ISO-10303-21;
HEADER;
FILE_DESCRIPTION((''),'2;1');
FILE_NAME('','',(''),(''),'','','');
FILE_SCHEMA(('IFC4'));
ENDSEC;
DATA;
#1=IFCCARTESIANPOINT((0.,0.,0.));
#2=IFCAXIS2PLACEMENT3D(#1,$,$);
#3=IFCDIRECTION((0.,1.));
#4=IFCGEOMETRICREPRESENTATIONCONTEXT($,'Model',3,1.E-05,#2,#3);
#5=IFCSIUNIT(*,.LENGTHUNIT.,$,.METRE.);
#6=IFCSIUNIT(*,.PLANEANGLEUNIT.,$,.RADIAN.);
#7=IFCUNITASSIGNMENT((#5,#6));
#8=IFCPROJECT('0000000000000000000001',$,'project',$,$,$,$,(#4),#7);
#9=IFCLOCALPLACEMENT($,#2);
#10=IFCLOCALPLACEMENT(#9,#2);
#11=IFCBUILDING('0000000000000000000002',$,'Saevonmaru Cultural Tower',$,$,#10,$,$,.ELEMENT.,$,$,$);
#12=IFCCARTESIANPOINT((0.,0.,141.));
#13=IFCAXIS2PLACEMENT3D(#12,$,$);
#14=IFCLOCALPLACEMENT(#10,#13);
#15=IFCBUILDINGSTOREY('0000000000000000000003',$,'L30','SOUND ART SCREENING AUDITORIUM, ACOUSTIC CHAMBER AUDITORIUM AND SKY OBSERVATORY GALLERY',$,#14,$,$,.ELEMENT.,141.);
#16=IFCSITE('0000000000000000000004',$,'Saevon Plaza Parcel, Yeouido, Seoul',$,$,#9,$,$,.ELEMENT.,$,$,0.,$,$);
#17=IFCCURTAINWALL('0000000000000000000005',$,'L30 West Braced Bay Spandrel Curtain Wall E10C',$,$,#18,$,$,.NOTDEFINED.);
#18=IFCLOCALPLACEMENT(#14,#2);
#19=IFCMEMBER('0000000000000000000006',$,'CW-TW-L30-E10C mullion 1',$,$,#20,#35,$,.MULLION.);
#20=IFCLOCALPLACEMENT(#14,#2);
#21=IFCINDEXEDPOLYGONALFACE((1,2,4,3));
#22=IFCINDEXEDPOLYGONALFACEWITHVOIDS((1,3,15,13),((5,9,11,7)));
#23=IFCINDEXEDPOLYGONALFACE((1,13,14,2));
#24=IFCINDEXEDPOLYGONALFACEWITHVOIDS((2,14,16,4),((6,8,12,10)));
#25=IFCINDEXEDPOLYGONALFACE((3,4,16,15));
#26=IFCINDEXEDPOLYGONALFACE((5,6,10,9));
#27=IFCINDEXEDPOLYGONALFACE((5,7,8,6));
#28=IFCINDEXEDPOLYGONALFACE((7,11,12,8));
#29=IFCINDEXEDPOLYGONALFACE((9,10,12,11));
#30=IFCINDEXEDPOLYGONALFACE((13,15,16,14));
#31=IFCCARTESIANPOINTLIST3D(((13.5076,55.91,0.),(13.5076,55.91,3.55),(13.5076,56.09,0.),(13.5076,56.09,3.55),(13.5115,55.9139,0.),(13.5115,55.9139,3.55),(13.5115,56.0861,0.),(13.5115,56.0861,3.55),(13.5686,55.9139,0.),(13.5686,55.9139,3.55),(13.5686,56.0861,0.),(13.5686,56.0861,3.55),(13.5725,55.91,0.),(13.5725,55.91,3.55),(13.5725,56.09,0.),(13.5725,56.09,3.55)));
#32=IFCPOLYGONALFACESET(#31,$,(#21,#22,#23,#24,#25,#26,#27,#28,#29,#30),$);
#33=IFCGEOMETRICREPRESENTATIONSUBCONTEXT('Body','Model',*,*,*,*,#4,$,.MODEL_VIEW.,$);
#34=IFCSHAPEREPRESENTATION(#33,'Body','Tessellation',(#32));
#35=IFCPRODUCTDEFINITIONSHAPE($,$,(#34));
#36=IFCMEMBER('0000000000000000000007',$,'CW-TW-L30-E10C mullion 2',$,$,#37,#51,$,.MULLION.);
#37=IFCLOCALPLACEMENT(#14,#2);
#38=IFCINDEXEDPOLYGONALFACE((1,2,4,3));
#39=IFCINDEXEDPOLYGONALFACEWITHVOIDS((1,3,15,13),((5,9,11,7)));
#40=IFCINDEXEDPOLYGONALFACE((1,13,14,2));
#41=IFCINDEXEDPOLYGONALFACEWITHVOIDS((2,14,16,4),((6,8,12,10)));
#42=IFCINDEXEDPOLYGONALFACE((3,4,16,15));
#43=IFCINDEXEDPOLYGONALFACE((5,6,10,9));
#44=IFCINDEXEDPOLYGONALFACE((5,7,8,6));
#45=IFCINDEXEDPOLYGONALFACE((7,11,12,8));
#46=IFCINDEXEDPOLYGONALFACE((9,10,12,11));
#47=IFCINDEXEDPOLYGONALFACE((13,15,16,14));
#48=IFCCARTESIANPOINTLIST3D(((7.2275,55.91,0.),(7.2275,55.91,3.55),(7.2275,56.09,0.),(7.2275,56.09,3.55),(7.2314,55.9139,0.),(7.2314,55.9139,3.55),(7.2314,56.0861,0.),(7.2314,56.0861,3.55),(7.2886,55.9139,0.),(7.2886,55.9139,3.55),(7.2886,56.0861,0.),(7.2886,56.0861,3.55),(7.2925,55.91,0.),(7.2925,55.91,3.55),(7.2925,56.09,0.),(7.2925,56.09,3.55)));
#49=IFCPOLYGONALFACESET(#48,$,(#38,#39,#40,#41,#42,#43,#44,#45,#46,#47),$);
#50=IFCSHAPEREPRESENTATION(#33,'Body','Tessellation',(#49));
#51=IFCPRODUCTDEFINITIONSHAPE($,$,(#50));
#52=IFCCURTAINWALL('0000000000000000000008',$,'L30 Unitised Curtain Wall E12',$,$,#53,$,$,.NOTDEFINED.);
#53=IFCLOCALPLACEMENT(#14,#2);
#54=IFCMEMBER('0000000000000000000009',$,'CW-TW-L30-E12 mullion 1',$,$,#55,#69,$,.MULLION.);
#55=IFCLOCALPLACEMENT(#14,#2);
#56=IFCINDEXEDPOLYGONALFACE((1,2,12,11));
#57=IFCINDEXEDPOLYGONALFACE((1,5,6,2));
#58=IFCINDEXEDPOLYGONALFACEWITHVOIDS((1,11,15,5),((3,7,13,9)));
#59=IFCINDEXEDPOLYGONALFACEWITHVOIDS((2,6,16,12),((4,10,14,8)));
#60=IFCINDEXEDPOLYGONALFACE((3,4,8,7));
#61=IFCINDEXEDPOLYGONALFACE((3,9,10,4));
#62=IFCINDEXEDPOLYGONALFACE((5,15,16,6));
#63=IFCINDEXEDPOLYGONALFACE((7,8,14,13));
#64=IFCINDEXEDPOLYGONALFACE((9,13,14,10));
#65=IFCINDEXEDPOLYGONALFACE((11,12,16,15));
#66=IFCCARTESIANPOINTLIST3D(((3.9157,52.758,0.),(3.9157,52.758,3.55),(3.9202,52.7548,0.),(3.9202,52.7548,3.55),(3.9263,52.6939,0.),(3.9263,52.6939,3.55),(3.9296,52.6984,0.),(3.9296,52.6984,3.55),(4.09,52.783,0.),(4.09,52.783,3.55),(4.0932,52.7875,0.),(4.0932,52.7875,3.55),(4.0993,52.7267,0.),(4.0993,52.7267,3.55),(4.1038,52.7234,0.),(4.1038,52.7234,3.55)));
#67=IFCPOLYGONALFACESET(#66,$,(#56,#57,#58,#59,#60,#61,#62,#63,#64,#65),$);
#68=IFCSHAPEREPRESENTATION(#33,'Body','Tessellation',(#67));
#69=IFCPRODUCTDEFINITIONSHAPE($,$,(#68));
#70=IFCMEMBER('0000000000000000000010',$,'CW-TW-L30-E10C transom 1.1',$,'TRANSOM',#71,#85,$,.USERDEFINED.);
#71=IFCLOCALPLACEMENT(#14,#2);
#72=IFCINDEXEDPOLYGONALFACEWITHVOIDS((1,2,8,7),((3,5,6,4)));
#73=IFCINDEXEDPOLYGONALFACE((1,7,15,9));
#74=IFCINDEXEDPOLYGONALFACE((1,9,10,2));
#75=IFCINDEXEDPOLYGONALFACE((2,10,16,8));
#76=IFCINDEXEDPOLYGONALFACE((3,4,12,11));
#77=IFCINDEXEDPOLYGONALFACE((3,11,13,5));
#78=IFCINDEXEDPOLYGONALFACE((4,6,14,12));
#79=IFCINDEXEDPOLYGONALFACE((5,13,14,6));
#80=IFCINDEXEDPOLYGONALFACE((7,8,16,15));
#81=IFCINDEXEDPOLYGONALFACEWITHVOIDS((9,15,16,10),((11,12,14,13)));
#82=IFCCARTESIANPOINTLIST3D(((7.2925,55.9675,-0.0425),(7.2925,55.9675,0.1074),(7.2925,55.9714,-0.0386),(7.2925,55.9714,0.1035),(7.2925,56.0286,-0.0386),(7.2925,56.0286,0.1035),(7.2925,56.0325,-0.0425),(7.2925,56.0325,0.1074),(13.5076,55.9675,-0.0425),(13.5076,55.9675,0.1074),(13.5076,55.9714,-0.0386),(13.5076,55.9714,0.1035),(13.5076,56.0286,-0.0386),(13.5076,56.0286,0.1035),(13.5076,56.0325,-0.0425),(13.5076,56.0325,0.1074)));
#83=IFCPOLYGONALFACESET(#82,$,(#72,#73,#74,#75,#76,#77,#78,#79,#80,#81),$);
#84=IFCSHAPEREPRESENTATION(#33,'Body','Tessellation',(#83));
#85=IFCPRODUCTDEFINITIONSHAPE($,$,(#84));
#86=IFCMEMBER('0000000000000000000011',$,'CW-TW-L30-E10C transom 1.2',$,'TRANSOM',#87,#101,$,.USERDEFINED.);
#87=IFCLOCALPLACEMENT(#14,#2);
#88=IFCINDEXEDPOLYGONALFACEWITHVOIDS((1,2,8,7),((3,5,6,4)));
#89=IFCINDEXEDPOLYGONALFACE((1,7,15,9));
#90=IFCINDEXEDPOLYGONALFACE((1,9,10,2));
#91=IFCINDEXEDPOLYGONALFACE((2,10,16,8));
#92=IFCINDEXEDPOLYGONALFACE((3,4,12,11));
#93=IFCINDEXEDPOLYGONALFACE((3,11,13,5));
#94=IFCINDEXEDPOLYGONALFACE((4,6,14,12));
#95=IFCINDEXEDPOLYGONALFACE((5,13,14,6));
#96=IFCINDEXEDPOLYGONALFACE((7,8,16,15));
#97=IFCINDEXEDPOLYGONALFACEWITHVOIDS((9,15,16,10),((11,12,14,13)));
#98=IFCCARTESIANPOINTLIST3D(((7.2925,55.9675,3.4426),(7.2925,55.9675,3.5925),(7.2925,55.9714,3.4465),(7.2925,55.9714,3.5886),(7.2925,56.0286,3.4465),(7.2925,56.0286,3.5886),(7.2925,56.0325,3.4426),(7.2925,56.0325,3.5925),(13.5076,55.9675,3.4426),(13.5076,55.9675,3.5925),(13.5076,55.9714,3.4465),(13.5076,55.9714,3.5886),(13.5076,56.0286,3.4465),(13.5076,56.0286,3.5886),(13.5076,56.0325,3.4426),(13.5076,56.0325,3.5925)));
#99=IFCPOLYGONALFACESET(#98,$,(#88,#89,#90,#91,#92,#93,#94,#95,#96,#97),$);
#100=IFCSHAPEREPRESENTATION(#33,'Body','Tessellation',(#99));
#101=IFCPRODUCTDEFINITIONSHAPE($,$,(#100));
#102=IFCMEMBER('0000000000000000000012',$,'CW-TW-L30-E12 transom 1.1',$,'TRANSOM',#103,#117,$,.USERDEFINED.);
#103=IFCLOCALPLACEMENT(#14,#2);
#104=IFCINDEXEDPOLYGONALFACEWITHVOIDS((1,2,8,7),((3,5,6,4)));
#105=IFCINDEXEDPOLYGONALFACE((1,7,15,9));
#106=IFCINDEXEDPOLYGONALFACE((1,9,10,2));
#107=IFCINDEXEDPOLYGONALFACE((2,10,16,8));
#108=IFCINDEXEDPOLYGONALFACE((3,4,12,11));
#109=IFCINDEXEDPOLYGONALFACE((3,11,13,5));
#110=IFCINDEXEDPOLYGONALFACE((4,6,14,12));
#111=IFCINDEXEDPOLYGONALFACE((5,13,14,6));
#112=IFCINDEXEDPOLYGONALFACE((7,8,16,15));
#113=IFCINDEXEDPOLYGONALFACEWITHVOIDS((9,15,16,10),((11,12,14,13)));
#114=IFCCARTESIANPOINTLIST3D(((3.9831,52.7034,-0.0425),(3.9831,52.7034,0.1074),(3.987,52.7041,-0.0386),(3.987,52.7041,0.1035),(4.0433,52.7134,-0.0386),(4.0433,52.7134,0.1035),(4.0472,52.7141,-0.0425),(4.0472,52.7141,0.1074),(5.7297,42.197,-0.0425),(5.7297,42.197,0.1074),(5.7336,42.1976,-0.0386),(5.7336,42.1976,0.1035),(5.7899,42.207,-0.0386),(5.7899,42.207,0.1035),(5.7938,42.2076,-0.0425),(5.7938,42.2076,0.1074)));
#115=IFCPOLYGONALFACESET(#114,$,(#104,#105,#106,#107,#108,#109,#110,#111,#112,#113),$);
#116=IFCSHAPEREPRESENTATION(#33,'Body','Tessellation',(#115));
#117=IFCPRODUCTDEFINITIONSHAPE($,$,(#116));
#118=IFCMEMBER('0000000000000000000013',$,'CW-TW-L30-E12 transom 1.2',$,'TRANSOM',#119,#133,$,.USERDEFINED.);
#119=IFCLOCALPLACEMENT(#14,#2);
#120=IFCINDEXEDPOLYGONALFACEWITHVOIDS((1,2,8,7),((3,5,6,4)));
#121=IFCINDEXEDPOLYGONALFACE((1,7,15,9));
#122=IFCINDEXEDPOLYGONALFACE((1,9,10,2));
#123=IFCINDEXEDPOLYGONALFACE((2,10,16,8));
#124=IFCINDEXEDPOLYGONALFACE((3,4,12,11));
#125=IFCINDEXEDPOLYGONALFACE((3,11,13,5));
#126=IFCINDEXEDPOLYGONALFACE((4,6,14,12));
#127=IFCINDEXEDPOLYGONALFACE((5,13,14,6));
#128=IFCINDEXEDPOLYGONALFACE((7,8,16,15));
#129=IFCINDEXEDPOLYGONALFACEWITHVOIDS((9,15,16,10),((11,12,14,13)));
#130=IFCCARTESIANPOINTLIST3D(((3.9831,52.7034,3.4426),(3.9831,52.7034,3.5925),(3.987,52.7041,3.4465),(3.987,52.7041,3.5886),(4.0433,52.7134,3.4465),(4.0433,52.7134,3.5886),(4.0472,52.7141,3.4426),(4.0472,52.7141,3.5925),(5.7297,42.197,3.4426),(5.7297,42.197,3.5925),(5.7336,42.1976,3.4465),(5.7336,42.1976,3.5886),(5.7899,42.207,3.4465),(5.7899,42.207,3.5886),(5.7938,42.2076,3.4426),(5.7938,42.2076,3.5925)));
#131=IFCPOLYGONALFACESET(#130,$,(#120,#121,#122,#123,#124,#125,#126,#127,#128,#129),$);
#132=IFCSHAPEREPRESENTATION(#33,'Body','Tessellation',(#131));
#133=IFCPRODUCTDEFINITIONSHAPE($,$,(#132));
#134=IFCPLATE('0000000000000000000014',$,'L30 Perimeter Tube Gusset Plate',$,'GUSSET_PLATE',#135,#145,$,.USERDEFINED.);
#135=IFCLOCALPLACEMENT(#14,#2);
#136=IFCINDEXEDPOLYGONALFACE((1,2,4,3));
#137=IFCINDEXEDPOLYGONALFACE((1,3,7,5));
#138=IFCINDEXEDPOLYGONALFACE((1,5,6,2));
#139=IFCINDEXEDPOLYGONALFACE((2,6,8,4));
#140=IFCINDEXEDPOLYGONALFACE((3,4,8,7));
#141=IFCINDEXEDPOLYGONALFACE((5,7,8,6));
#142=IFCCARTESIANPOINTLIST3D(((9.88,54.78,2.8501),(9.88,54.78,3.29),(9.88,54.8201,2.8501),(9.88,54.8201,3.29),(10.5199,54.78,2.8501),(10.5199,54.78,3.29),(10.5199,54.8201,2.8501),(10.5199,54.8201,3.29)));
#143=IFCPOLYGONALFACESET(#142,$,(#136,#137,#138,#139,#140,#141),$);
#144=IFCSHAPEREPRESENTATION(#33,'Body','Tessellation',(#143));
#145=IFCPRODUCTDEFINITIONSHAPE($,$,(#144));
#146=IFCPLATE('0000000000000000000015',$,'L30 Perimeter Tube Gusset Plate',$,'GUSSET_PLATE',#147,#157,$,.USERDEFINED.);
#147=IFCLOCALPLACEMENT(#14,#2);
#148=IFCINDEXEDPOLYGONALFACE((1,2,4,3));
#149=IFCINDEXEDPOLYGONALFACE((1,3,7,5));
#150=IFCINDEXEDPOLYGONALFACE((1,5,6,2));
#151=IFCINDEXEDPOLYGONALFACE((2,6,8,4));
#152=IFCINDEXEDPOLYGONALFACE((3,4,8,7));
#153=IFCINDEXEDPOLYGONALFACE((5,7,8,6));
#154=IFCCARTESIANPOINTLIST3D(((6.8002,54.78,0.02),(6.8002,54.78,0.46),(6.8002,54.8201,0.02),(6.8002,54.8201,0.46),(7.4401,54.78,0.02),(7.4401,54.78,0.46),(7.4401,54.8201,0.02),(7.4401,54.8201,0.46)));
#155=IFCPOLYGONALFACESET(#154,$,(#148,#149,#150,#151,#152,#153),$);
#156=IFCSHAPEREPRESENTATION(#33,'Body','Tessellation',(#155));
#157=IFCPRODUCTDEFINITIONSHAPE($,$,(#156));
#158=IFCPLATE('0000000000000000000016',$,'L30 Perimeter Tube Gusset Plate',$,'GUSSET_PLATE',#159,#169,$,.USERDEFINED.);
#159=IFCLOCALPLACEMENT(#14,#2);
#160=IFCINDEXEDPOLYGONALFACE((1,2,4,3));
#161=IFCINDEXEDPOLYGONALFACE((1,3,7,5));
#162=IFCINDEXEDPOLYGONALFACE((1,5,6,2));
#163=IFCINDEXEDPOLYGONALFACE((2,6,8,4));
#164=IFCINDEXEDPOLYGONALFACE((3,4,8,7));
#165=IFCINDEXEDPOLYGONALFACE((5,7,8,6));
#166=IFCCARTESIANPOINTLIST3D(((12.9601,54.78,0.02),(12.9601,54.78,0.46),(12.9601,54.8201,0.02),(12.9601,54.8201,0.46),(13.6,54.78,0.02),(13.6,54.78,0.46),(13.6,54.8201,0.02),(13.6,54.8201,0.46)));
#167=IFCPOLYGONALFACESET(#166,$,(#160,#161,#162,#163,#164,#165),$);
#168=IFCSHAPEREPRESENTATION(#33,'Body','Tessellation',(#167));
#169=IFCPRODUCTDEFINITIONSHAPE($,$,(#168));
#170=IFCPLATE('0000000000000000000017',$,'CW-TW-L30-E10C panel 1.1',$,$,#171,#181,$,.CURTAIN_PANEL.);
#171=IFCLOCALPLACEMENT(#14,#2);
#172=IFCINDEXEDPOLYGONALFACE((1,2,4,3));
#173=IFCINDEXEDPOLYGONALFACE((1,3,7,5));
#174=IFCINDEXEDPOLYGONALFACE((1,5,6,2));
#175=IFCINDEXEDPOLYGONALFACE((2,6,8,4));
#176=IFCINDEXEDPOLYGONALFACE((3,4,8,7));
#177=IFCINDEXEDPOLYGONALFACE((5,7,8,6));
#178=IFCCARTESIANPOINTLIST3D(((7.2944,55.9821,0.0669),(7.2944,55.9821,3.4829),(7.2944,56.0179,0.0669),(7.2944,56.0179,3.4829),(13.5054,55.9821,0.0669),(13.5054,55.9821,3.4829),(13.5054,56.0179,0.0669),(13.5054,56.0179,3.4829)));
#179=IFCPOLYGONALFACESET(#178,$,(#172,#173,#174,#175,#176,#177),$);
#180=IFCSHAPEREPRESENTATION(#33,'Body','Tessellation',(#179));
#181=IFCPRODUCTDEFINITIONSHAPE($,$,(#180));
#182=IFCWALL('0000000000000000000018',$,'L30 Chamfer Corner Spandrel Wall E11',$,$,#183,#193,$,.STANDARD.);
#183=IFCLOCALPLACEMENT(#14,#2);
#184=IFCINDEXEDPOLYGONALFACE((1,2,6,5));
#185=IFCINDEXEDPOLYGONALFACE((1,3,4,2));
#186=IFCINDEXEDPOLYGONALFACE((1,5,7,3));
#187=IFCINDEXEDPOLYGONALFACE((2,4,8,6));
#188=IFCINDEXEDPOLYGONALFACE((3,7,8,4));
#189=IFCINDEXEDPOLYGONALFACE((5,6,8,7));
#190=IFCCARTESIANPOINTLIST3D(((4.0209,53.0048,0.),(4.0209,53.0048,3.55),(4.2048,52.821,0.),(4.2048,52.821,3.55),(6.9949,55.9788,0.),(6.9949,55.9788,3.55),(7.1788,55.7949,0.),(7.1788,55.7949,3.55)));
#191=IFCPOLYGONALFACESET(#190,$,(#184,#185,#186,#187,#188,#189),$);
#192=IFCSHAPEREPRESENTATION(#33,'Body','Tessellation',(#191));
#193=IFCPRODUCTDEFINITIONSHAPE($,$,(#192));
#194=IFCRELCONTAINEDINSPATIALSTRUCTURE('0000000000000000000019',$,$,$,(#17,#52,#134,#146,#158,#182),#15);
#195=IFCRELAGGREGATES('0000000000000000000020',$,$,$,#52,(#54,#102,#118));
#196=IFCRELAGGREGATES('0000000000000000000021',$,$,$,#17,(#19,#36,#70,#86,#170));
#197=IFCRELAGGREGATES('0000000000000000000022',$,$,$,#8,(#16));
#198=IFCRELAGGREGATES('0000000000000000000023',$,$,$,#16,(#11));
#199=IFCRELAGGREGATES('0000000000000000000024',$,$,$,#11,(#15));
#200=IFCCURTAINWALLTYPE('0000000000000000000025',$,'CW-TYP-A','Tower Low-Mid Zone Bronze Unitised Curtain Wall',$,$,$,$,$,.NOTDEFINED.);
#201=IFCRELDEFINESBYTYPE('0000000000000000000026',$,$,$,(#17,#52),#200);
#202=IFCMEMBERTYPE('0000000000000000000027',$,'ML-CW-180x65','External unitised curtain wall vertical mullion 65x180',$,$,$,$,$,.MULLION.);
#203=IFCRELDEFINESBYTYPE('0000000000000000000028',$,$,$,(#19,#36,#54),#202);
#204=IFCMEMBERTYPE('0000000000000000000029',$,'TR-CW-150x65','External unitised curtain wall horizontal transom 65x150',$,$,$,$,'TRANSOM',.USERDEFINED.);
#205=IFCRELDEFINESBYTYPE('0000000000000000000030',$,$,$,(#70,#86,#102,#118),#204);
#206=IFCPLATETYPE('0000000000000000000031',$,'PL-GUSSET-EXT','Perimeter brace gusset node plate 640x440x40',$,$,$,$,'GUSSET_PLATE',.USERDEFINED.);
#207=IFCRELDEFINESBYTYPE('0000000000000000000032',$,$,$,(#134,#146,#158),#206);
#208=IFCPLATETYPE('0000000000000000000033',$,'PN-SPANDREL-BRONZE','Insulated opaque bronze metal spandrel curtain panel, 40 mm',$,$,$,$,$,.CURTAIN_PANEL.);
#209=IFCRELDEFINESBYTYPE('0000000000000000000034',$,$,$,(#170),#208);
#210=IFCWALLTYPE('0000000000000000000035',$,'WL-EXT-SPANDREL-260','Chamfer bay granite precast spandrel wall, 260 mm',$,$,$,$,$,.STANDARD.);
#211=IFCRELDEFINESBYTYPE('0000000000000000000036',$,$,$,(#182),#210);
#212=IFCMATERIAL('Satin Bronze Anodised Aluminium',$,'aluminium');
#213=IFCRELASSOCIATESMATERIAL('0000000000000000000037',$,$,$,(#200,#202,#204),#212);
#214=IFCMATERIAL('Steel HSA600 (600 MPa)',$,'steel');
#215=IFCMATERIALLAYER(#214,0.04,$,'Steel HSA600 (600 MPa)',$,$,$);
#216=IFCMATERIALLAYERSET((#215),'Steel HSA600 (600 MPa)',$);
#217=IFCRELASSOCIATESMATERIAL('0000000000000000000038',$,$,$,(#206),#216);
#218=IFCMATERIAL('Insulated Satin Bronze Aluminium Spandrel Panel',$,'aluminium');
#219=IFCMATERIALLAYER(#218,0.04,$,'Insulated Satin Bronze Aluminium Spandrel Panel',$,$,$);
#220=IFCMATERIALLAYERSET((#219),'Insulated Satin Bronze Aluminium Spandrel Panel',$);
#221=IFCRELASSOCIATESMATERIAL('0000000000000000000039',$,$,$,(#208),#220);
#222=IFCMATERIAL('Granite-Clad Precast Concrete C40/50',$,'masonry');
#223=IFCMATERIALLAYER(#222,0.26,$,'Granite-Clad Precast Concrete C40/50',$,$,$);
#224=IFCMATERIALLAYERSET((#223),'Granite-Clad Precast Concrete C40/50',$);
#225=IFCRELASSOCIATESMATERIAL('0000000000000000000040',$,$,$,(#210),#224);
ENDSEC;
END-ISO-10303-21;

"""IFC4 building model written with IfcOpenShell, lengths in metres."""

from ifc_helpers import new_model, si_unit, direction, frame, frame_2d, origin, origin_2d, place, context, subcontext, project, spatial, rectangle, hollow_rectangle, extrude, material, layer, layer_set, material_profile, profile_set, type_object, element, aggregate, save


model = new_model("IFC4")

# Units and contexts
model_context = context("Model", 3, precision=1e-05, world=origin(), true_north=direction((0.0, 1.0)))
body_context = subcontext(model_context, "Body", "Model", "MODEL_VIEW")
ifc_project = project(units=[si_unit("LENGTHUNIT", "METRE"), si_unit("PLANEANGLEUNIT", "RADIAN")], contexts=[model_context])

# Site, building, storey
site_placement = place(None, origin())
site = spatial("IfcSite", under=ifc_project, at=site_placement, Name="Saevon Plaza Parcel, Yeouido, Seoul", CompositionType="ELEMENT", RefElevation=0.0)
building_placement = place(site_placement, origin())
building = spatial("IfcBuilding", under=site, at=building_placement, Name="Saevonmaru Cultural Tower", CompositionType="ELEMENT")
storey_placement = place(building_placement, frame((0.0, 0.0, 141.0)))
storey = spatial("IfcBuildingStorey", under=building, at=storey_placement, Name="L30", Description="SOUND ART SCREENING AUDITORIUM, ACOUSTIC CHAMBER AUDITORIUM AND SKY OBSERVATORY GALLERY", CompositionType="ELEMENT", Elevation=141.0)

# Curtain wall, members
ifc_material_1 = material(Name="Satin Bronze Anodised Aluminium", Category="aluminium")
curtain_wall_type = type_object("IfcCurtainWallType", Name="CW-TYP-A", Description="Tower Low-Mid Zone Bronze Unitised Curtain Wall", PredefinedType="NOTDEFINED", material=ifc_material_1)
curtain_wall_1_placement = place(storey_placement, origin())
curtain_wall_1 = element("IfcCurtainWall", 1, at=curtain_wall_1_placement, inside=storey, type_object=curtain_wall_type, Name="L30 West Braced Bay Spandrel Curtain Wall E10C", PredefinedType="NOTDEFINED")
ifc_material_profile_1 = material_profile(ifc_material_1, hollow_rectangle(XDim=0.0649, YDim=0.1799, WallThickness=0.0039, at=origin_2d()), Name="ALU-MULL-180x65x4")
ifc_profile_set_1 = profile_set([ifc_material_profile_1], Name="Satin Bronze Anodised Aluminium")
member_type_1 = type_object("IfcMemberType", Name="ML-CW-180x65", Description="External unitised curtain wall vertical mullion 65x180", PredefinedType="MULLION", material=ifc_profile_set_1)
member_1_placement = place(storey_placement, frame((13.54, 56.0, 0.0), z_axis=(0.0, 0.0, 1.0), x_axis=(-1.0, 0.0, 0.0)))
member_1 = element("IfcMember", 2, at=member_1_placement, type_object=member_type_1, Name="CW-TW-L30-E10C mullion 1", PredefinedType="MULLION", context=body_context, shape_type="SweptSolid", body=[
    extrude(hollow_rectangle(XDim=0.0649, YDim=0.1799, WallThickness=0.0039, at=origin_2d()), origin(), (0.0, 0.0, 1.0), 3.55),
])
member_2_placement = place(storey_placement, frame((7.26, 56.0, 0.0), z_axis=(0.0, 0.0, 1.0), x_axis=(-1.0, 0.0, 0.0)))
member_2 = element("IfcMember", 3, at=member_2_placement, type_object=member_type_1, Name="CW-TW-L30-E10C mullion 2", PredefinedType="MULLION", context=body_context, shape_type="SweptSolid", body=[
    extrude(hollow_rectangle(XDim=0.0649, YDim=0.1799, WallThickness=0.0039, at=origin_2d()), origin(), (0.0, 0.0, 1.0), 3.55),
])

# Curtain wall, member
curtain_wall_2_placement = place(storey_placement, origin())
curtain_wall_2 = element("IfcCurtainWall", 4, at=curtain_wall_2_placement, inside=storey, type_object=curtain_wall_type, Name="L30 Unitised Curtain Wall E12", PredefinedType="NOTDEFINED")
member_3_placement = place(storey_placement, frame((4.0098, 52.7407, 0.0), z_axis=(0.0, 0.0, 1.0), x_axis=(0.163999, -0.986461, 0.0)))
member_3 = element("IfcMember", 5, at=member_3_placement, type_object=member_type_1, Name="CW-TW-L30-E12 mullion 1", PredefinedType="MULLION", context=body_context, shape_type="SweptSolid", body=[
    extrude(hollow_rectangle(XDim=0.0649, YDim=0.1799, WallThickness=0.0039, at=origin_2d()), origin(), (0.0, 0.0, 1.0), 3.55),
])

# Members
ifc_material_profile_2 = material_profile(ifc_material_1, hollow_rectangle(XDim=0.0649, YDim=0.1499, WallThickness=0.0039, at=origin_2d()), Name="ALU-TRAN-150x65x4")
ifc_profile_set_2 = profile_set([ifc_material_profile_2], Name="Satin Bronze Anodised Aluminium")
member_type_2 = type_object("IfcMemberType", Name="TR-CW-150x65", Description="External unitised curtain wall horizontal transom 65x150", ElementType="TRANSOM", PredefinedType="USERDEFINED", material=ifc_profile_set_2)
member_4_placement = place(storey_placement, frame((13.5076, 56.0, 0.0325), z_axis=(-1.0, 0.0, 0.0), x_axis=(0.0, -1.0, 0.0)))
member_4 = element("IfcMember", 6, at=member_4_placement, type_object=member_type_2, Name="CW-TW-L30-E10C transom 1.1", ObjectType="TRANSOM", PredefinedType="USERDEFINED", context=body_context, shape_type="SweptSolid", body=[
    extrude(hollow_rectangle(XDim=0.0649, YDim=0.1499, WallThickness=0.0039, at=origin_2d()), origin(), (0.0, 0.0, 1.0), 6.2151),
])
member_5_placement = place(storey_placement, frame((13.5076, 56.0, 3.5176), z_axis=(-1.0, 0.0, 0.0), x_axis=(0.0, -1.0, 0.0)))
member_5 = element("IfcMember", 7, at=member_5_placement, type_object=member_type_2, Name="CW-TW-L30-E10C transom 1.2", ObjectType="TRANSOM", PredefinedType="USERDEFINED", context=body_context, shape_type="SweptSolid", body=[
    extrude(hollow_rectangle(XDim=0.0649, YDim=0.1499, WallThickness=0.0039, at=origin_2d()), origin(), (0.0, 0.0, 1.0), 6.2151),
])
member_6_placement = place(storey_placement, frame((4.0151, 52.7087, 0.0325), z_axis=(0.16399, -0.986462, 0.0), x_axis=(0.986462, 0.16399, 0.0)))
member_6 = element("IfcMember", 8, at=member_6_placement, type_object=member_type_2, Name="CW-TW-L30-E12 transom 1.1", ObjectType="TRANSOM", PredefinedType="USERDEFINED", context=body_context, shape_type="SweptSolid", body=[
    extrude(hollow_rectangle(XDim=0.0649, YDim=0.1499, WallThickness=0.0039, at=origin_2d()), origin(), (0.0, 0.0, 1.0), 10.6506),
])
member_7_placement = place(storey_placement, frame((4.0151, 52.7087, 3.5176), z_axis=(0.16399, -0.986462, 0.0), x_axis=(0.986462, 0.16399, 0.0)))
member_7 = element("IfcMember", 9, at=member_7_placement, type_object=member_type_2, Name="CW-TW-L30-E12 transom 1.2", ObjectType="TRANSOM", PredefinedType="USERDEFINED", context=body_context, shape_type="SweptSolid", body=[
    extrude(hollow_rectangle(XDim=0.0649, YDim=0.1499, WallThickness=0.0039, at=origin_2d()), origin(), (0.0, 0.0, 1.0), 10.6506),
])
aggregate(curtain_wall_2, [member_3, member_6, member_7])

# Plates
ifc_material_2 = material(Name="Steel HSA600 (600 MPa)", Category="steel")
ifc_layer_1 = layer(ifc_material_2, 0.04, Name="Steel HSA600 (600 MPa)")
ifc_layer_set_1 = layer_set([ifc_layer_1], Name="Steel HSA600 (600 MPa)")
plate_type_1 = type_object("IfcPlateType", Name="PL-GUSSET-EXT", Description="Perimeter brace gusset node plate 640x440x40", ElementType="GUSSET_PLATE", PredefinedType="USERDEFINED", material=ifc_layer_set_1)
for number, where, z_axis, x_axis, name in (
    (10, (10.2, 54.8, 2.8501), (0.0, 0.0, 1.0), (1.0, 0.0, 0.0), "L30 Perimeter Tube Gusset Plate"),
    (11, (7.1201, 54.8, 0.02), (0.0, 0.0, 1.0), (1.0, 0.0, 0.0), "L30 Perimeter Tube Gusset Plate"),
    (12, (13.28, 54.8, 0.02), (0.0, 0.0, 1.0), (1.0, 0.0, 0.0), "L30 Perimeter Tube Gusset Plate"),
):
    element("IfcPlate", number, at=place(storey_placement, frame(where, z_axis=z_axis, x_axis=x_axis)), inside=storey, type_object=plate_type_1, Name=name, ObjectType="GUSSET_PLATE", PredefinedType="USERDEFINED", context=body_context, shape_type="SweptSolid", body=[
        extrude(rectangle(XDim=0.6399, YDim=0.04, at=origin_2d()), origin(), (0.0, 0.0, 1.0), 0.4399),
    ])

# Plate
ifc_material_3 = material(Name="Insulated Satin Bronze Aluminium Spandrel Panel", Category="aluminium")
ifc_layer_2 = layer(ifc_material_3, 0.04, Name="Insulated Satin Bronze Aluminium Spandrel Panel")
ifc_layer_set_2 = layer_set([ifc_layer_2], Name="Insulated Satin Bronze Aluminium Spandrel Panel")
plate_type_2 = type_object("IfcPlateType", Name="PN-SPANDREL-BRONZE", Description="Insulated opaque bronze metal spandrel curtain panel, 40 mm", PredefinedType="CURTAIN_PANEL", material=ifc_layer_set_2)
plate_placement = place(storey_placement, frame((10.3999, 56.0, 0.0669), z_axis=(0.0, 0.0, 1.0), x_axis=(-1.0, 0.0, 0.0)))
plate = element("IfcPlate", 13, at=plate_placement, type_object=plate_type_2, Name="CW-TW-L30-E10C panel 1.1", PredefinedType="CURTAIN_PANEL", context=body_context, shape_type="SweptSolid", body=[
    extrude(rectangle(XDim=6.2109, YDim=0.0359, at=origin_2d()), origin(), (0.0, 0.0, 1.0), 3.416),
])
aggregate(curtain_wall_1, [member_1, member_2, member_4, member_5, plate])

# Wall
ifc_material_4 = material(Name="Granite-Clad Precast Concrete C40/50", Category="masonry")
ifc_layer_3 = layer(ifc_material_4, 0.26, Name="Granite-Clad Precast Concrete C40/50")
ifc_layer_set_3 = layer_set([ifc_layer_3], Name="Granite-Clad Precast Concrete C40/50")
wall_type_1 = type_object("IfcWallType", Name="WL-EXT-SPANDREL-260", Description="Chamfer bay granite precast spandrel wall, 260 mm", PredefinedType="STANDARD", material=ifc_layer_set_3)
wall_1_placement = place(storey_placement, frame((7.0869, 55.887, 0.0), z_axis=(0.0, 0.0, 1.0), x_axis=(-0.707107, -0.707107, 0.0)))
element("IfcWall", 14, at=wall_1_placement, inside=storey, type_object=wall_type_1, Name="L30 Chamfer Corner Spandrel Wall E11", PredefinedType="STANDARD", context=body_context, shape_type="SweptSolid", body=[
    extrude(rectangle(XDim=4.2058, YDim=0.26, at=frame_2d((2.103, 0.0))), origin(), (0.0, 0.0, 1.0), 3.55),
])

save(model, "model.ifc")
